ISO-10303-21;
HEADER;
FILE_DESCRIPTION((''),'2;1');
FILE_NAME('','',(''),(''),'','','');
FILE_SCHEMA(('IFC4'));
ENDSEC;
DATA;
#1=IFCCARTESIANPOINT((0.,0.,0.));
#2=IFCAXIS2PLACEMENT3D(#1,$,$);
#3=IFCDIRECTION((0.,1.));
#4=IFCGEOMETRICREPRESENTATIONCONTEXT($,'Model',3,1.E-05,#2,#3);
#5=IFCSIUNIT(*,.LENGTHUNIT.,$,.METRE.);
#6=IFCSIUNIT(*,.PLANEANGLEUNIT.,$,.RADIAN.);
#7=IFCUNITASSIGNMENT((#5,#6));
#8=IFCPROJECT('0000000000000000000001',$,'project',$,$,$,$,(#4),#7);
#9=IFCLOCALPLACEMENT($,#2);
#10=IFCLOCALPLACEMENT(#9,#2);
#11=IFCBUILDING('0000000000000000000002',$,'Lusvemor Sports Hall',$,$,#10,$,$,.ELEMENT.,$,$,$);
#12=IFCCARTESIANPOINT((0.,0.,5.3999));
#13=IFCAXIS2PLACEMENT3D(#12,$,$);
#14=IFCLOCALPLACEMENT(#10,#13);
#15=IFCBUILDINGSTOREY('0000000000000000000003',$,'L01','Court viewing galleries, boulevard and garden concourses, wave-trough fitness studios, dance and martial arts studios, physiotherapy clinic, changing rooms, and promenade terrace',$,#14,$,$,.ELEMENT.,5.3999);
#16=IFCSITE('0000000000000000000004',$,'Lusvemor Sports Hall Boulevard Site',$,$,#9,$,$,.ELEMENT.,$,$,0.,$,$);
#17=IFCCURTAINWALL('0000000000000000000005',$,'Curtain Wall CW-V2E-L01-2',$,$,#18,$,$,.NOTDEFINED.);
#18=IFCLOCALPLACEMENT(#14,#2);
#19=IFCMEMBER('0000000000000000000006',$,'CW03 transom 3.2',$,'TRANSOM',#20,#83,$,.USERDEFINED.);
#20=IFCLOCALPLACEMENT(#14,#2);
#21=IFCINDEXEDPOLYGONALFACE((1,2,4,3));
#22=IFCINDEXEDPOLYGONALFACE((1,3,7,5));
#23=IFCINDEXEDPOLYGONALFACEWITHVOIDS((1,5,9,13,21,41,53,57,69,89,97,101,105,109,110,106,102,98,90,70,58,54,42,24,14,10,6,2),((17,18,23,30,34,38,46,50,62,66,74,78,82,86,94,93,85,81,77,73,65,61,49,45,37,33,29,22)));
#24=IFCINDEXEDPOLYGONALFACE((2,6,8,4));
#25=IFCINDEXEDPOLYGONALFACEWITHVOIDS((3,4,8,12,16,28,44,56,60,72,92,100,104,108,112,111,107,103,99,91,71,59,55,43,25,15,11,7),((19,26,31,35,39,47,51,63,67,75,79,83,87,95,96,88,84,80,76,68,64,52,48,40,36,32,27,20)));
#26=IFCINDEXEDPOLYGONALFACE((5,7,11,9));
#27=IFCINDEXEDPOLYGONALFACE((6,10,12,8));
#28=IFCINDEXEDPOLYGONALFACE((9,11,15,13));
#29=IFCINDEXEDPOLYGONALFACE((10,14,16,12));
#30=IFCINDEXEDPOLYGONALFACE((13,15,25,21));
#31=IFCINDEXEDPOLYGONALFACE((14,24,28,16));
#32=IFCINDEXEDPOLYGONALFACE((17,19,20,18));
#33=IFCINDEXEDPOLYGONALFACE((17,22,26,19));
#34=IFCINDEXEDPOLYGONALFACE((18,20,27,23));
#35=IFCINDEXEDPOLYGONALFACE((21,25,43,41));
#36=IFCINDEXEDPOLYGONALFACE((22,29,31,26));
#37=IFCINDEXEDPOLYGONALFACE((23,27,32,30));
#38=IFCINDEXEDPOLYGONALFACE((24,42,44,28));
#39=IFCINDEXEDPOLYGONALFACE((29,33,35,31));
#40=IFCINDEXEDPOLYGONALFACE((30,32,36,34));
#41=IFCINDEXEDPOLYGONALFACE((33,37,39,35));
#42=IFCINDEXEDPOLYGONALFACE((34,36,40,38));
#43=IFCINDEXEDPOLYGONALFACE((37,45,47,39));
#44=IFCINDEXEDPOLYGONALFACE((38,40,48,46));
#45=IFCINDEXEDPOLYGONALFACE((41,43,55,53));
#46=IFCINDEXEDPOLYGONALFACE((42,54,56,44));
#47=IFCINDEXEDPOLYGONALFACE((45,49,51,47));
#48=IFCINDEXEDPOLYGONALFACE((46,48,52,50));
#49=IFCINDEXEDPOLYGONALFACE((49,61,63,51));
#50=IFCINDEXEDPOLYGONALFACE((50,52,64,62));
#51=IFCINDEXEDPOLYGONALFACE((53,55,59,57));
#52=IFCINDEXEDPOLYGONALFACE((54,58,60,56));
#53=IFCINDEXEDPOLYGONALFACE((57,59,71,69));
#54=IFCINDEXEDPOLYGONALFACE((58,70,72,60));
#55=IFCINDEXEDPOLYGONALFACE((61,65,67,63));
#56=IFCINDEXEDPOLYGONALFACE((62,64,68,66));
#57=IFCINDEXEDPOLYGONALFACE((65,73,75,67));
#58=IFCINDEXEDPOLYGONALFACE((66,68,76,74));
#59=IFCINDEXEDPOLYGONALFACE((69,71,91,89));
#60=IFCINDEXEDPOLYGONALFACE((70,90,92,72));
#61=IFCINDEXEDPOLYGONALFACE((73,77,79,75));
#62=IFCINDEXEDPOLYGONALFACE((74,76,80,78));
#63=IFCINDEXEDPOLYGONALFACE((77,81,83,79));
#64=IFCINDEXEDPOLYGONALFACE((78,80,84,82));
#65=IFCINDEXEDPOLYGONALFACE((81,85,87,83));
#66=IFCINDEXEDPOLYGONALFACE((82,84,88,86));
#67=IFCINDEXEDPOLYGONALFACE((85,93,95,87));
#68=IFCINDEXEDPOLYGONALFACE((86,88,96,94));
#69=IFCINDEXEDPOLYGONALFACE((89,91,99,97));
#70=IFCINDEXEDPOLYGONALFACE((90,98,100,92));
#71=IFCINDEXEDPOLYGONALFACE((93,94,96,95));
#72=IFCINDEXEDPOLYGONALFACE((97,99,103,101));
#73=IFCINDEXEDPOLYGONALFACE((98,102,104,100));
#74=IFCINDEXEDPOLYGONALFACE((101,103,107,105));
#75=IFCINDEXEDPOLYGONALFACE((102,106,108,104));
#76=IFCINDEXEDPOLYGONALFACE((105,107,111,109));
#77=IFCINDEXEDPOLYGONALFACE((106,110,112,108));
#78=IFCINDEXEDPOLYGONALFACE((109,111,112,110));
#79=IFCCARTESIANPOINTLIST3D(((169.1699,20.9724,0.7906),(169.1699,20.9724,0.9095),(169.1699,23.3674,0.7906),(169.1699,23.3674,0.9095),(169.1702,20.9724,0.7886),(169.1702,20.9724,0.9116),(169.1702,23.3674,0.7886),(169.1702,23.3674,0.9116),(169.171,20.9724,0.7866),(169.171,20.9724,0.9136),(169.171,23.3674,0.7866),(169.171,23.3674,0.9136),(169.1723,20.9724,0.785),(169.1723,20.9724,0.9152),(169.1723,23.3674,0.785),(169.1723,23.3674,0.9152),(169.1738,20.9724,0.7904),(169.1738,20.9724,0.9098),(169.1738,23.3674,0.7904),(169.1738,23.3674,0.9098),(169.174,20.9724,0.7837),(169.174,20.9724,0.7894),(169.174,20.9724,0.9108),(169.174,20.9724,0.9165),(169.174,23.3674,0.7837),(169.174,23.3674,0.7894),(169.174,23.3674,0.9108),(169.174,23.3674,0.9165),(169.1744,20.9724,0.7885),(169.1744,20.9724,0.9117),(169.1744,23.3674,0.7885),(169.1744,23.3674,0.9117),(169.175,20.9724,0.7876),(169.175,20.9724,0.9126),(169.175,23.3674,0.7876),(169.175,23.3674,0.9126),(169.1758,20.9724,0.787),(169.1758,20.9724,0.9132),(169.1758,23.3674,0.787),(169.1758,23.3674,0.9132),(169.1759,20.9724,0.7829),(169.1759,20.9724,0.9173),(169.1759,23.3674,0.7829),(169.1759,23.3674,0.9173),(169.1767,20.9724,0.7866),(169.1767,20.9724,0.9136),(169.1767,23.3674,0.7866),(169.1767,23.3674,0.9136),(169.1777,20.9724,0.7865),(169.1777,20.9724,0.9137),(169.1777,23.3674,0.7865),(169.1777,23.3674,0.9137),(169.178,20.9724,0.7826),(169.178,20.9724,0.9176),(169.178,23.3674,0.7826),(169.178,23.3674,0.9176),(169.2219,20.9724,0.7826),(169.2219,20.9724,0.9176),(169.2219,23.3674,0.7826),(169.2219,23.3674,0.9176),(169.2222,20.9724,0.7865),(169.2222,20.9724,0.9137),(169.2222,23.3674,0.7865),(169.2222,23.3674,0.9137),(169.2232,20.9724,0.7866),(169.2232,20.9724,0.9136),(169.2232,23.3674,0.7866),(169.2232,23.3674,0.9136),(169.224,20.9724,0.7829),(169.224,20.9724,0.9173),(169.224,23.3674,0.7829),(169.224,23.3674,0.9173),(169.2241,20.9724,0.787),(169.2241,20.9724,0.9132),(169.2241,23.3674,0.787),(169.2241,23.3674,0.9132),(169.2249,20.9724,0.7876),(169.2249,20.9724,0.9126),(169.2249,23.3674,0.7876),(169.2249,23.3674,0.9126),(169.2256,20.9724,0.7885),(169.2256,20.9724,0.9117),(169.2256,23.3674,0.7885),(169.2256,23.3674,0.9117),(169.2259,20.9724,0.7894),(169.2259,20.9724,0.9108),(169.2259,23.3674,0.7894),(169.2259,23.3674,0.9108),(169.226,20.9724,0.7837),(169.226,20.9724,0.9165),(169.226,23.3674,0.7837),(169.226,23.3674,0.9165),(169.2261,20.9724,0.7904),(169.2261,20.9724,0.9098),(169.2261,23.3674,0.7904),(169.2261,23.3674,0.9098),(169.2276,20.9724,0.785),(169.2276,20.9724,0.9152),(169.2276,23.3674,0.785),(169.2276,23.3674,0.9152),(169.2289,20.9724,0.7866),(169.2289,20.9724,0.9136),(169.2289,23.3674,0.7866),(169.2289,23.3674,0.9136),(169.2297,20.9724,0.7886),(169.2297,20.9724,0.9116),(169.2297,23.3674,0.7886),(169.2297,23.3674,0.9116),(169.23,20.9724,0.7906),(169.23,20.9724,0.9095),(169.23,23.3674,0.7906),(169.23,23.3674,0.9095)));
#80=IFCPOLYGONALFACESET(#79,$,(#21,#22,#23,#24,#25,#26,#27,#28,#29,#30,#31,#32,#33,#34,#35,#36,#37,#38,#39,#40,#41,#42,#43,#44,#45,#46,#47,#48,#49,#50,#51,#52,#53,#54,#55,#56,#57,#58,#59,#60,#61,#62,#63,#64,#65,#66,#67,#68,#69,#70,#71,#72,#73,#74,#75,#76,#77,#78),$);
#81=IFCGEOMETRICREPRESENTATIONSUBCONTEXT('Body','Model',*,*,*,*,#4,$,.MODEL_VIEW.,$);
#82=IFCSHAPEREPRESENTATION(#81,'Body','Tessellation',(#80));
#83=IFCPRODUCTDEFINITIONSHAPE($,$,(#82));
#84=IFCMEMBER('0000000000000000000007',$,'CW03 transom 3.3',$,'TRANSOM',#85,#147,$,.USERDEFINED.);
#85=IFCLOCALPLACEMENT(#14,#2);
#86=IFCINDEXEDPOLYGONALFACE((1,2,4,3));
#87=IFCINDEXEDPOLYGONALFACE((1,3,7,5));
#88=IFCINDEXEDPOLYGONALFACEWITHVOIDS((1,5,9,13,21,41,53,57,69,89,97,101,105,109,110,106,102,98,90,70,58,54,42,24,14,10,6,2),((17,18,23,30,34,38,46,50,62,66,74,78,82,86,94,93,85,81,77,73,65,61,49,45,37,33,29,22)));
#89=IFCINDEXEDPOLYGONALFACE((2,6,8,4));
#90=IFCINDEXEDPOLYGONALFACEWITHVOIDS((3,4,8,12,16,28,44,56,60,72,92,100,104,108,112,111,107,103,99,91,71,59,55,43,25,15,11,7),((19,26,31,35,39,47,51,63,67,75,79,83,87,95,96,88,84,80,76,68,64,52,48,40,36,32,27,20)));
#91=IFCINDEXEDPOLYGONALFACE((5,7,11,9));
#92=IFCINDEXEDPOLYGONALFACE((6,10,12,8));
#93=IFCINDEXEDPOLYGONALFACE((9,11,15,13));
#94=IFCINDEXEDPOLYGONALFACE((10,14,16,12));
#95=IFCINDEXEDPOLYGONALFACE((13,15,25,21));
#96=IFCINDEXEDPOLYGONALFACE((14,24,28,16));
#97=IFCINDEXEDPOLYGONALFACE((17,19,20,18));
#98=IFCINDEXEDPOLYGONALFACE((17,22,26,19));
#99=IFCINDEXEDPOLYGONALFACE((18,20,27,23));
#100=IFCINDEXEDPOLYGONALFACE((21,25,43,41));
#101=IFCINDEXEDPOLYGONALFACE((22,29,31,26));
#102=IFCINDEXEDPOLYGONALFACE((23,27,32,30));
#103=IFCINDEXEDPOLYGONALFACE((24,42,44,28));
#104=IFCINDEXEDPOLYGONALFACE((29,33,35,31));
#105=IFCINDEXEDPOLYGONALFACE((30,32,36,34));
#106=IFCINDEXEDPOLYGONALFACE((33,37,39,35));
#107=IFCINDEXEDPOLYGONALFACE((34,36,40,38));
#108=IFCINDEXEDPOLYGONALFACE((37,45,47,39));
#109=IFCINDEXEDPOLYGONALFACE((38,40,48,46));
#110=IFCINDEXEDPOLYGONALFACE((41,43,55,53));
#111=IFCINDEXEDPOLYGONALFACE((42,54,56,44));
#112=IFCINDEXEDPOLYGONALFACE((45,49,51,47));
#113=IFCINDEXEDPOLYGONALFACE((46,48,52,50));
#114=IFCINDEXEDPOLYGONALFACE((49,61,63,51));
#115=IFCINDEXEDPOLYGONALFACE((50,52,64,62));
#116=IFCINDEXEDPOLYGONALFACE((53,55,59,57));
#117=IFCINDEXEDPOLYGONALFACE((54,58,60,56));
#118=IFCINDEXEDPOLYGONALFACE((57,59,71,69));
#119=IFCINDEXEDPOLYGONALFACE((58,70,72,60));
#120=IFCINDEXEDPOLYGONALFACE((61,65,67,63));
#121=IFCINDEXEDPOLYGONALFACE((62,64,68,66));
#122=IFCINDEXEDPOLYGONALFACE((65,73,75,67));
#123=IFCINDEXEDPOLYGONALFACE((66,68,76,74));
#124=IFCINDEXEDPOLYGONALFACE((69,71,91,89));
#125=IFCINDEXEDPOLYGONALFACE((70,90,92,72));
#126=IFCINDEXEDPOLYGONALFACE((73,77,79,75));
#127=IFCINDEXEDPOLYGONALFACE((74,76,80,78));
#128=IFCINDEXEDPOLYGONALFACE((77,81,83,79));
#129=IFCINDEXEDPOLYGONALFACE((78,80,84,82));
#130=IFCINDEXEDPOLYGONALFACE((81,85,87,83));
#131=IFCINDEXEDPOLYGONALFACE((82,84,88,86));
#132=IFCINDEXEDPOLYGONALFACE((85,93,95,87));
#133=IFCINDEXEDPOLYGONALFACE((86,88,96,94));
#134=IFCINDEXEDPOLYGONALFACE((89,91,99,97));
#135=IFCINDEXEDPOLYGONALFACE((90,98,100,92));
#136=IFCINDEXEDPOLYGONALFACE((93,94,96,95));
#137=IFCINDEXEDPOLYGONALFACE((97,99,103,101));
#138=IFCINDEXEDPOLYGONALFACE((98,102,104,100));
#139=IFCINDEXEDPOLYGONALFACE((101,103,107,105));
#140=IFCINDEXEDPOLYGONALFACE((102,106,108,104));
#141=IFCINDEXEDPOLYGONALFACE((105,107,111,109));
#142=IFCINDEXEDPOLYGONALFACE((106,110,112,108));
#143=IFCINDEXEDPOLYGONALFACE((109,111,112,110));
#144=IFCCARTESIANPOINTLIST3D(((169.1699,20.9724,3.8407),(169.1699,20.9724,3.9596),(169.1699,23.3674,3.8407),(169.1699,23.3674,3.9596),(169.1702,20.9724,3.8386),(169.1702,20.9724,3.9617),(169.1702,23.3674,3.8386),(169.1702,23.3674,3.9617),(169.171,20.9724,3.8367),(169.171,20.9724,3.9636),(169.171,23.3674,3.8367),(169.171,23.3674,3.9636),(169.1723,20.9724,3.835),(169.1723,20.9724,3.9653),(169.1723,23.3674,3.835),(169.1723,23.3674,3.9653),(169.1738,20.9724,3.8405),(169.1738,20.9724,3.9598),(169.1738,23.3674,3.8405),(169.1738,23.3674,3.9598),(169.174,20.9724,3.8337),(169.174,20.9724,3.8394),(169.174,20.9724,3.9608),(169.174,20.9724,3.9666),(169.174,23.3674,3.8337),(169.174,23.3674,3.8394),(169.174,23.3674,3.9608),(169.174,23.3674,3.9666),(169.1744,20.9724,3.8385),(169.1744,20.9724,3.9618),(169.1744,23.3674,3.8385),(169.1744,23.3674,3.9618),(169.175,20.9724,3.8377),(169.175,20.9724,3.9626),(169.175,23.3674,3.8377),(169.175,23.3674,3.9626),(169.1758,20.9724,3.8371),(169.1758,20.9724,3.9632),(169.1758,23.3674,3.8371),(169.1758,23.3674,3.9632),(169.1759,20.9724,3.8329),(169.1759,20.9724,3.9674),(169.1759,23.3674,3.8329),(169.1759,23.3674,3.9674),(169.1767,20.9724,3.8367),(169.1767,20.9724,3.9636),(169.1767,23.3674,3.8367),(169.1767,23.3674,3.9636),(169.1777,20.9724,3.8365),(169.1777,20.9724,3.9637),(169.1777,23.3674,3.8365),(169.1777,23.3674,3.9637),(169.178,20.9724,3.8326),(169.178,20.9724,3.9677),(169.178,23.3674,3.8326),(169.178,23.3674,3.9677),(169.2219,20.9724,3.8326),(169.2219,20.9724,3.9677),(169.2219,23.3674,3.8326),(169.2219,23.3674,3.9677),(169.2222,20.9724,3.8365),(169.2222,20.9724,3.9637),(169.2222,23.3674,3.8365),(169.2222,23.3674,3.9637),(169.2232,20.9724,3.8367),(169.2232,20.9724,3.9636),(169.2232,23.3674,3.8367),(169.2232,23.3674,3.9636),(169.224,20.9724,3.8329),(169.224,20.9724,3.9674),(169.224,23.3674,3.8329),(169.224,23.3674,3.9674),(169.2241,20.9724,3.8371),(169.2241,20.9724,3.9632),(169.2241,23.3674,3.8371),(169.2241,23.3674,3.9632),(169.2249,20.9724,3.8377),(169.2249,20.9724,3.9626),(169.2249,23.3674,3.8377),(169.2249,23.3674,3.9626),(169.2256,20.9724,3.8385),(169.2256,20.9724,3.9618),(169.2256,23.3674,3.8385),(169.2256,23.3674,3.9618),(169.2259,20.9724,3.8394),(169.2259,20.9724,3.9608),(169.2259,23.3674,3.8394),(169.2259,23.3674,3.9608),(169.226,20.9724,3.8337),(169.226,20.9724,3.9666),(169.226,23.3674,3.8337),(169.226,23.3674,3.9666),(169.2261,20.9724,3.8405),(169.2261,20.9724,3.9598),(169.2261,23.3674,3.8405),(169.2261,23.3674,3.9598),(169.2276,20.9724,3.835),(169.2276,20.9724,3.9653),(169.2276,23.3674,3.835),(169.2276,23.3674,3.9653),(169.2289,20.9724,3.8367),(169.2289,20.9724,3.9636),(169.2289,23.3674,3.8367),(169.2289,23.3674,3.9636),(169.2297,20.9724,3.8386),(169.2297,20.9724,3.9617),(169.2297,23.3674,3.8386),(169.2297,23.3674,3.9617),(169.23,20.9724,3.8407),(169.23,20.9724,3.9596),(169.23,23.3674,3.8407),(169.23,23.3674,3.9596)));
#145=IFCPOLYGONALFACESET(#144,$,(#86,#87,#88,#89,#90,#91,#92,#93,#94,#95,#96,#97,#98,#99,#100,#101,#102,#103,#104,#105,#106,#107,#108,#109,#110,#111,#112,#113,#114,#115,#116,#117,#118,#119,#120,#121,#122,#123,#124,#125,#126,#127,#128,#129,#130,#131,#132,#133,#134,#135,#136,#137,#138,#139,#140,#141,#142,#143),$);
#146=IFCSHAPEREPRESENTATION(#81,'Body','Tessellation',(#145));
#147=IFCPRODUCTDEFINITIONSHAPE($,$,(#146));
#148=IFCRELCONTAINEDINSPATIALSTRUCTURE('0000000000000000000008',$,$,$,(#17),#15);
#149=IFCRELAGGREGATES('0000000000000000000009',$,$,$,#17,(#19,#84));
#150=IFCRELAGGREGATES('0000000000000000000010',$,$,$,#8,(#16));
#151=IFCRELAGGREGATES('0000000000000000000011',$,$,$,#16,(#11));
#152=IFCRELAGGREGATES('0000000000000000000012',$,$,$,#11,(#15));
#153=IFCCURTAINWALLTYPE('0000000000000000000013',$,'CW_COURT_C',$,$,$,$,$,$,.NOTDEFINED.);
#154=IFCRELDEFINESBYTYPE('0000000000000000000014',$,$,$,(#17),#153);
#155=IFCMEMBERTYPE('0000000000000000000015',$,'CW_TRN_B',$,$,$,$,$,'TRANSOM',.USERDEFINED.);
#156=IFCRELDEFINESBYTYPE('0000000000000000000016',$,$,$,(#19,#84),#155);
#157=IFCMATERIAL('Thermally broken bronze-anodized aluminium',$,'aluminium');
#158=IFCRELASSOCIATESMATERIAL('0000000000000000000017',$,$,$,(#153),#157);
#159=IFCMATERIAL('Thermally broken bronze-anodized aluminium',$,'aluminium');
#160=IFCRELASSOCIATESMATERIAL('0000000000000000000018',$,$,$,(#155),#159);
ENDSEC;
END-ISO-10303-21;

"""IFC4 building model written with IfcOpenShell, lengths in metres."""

from ifc_helpers import new_model, si_unit, direction, frame, origin, origin_2d, place, context, subcontext, project, spatial, hollow_rectangle, extrude, material, material_profile, profile_set, type_object, element, aggregate, save


model = new_model("IFC4")

# Units and contexts
model_context = context("Model", 3, precision=1e-05, world=origin(), true_north=direction((0.0, 1.0)))
body_context = subcontext(model_context, "Body", "Model", "MODEL_VIEW")
ifc_project = project(units=[si_unit("LENGTHUNIT", "METRE"), si_unit("PLANEANGLEUNIT", "RADIAN")], contexts=[model_context])

# Site, building, storey
site_placement = place(None, origin())
site = spatial("IfcSite", under=ifc_project, at=site_placement, Name="Lusvemor Sports Hall Boulevard Site", CompositionType="ELEMENT", RefElevation=0.0)
building_placement = place(site_placement, origin())
building = spatial("IfcBuilding", under=site, at=building_placement, Name="Lusvemor Sports Hall", CompositionType="ELEMENT")
storey_placement = place(building_placement, frame((0.0, 0.0, 5.3999)))
storey = spatial("IfcBuildingStorey", under=building, at=storey_placement, Name="L01", Description="Court viewing galleries, boulevard and garden concourses, wave-trough fitness studios, dance and martial arts studios, physiotherapy clinic, changing rooms, and promenade terrace", CompositionType="ELEMENT", Elevation=5.3999)

# Curtain wall, members
ifc_material_1 = material(Name="Thermally broken bronze-anodized aluminium", Category="aluminium")
curtain_wall_type = type_object("IfcCurtainWallType", Name="CW_COURT_C", PredefinedType="NOTDEFINED", material=ifc_material_1)
curtain_wall_placement = place(storey_placement, origin())
curtain_wall = element("IfcCurtainWall", 1, at=curtain_wall_placement, inside=storey, type_object=curtain_wall_type, Name="Curtain Wall CW-V2E-L01-2", PredefinedType="NOTDEFINED")
ifc_material_2 = material(Name="Thermally broken bronze-anodized aluminium", Category="aluminium")
ifc_material_profile_1 = material_profile(ifc_material_2, hollow_rectangle(XDim=0.0601, YDim=0.135, WallThickness=0.0039, InnerFilletRadius=0.0039, OuterFilletRadius=0.0081, at=origin_2d()), Name="CWTRN135x60x4")
ifc_profile_set_1 = profile_set([ifc_material_profile_1], Name="Thermally broken bronze-anodized aluminium")
member_type_1 = type_object("IfcMemberType", Name="CW_TRN_B", ElementType="TRANSOM", PredefinedType="USERDEFINED", material=ifc_profile_set_1)
member_1_placement = place(storey_placement, frame((169.2, 23.3674, 0.8501), z_axis=(0.0, -1.0, 0.0), x_axis=(1.0, 0.0, 0.0)))
member_1 = element("IfcMember", 2, at=member_1_placement, type_object=member_type_1, Name="CW03 transom 3.2", ObjectType="TRANSOM", PredefinedType="USERDEFINED", context=body_context, shape_type="SweptSolid", body=[
    extrude(hollow_rectangle(XDim=0.0601, YDim=0.135, WallThickness=0.0039, InnerFilletRadius=0.0039, OuterFilletRadius=0.0081, at=origin_2d()), origin(), (0.0, 0.0, 1.0), 2.395),
])
member_2_placement = place(storey_placement, frame((169.2, 23.3674, 3.9001), z_axis=(0.0, -1.0, 0.0), x_axis=(1.0, 0.0, 0.0)))
member_2 = element("IfcMember", 3, at=member_2_placement, type_object=member_type_1, Name="CW03 transom 3.3", ObjectType="TRANSOM", PredefinedType="USERDEFINED", context=body_context, shape_type="SweptSolid", body=[
    extrude(hollow_rectangle(XDim=0.0601, YDim=0.135, WallThickness=0.0039, InnerFilletRadius=0.0039, OuterFilletRadius=0.0081, at=origin_2d()), origin(), (0.0, 0.0, 1.0), 2.395),
])
aggregate(curtain_wall, [member_1, member_2])

save(model, "model.ifc")
